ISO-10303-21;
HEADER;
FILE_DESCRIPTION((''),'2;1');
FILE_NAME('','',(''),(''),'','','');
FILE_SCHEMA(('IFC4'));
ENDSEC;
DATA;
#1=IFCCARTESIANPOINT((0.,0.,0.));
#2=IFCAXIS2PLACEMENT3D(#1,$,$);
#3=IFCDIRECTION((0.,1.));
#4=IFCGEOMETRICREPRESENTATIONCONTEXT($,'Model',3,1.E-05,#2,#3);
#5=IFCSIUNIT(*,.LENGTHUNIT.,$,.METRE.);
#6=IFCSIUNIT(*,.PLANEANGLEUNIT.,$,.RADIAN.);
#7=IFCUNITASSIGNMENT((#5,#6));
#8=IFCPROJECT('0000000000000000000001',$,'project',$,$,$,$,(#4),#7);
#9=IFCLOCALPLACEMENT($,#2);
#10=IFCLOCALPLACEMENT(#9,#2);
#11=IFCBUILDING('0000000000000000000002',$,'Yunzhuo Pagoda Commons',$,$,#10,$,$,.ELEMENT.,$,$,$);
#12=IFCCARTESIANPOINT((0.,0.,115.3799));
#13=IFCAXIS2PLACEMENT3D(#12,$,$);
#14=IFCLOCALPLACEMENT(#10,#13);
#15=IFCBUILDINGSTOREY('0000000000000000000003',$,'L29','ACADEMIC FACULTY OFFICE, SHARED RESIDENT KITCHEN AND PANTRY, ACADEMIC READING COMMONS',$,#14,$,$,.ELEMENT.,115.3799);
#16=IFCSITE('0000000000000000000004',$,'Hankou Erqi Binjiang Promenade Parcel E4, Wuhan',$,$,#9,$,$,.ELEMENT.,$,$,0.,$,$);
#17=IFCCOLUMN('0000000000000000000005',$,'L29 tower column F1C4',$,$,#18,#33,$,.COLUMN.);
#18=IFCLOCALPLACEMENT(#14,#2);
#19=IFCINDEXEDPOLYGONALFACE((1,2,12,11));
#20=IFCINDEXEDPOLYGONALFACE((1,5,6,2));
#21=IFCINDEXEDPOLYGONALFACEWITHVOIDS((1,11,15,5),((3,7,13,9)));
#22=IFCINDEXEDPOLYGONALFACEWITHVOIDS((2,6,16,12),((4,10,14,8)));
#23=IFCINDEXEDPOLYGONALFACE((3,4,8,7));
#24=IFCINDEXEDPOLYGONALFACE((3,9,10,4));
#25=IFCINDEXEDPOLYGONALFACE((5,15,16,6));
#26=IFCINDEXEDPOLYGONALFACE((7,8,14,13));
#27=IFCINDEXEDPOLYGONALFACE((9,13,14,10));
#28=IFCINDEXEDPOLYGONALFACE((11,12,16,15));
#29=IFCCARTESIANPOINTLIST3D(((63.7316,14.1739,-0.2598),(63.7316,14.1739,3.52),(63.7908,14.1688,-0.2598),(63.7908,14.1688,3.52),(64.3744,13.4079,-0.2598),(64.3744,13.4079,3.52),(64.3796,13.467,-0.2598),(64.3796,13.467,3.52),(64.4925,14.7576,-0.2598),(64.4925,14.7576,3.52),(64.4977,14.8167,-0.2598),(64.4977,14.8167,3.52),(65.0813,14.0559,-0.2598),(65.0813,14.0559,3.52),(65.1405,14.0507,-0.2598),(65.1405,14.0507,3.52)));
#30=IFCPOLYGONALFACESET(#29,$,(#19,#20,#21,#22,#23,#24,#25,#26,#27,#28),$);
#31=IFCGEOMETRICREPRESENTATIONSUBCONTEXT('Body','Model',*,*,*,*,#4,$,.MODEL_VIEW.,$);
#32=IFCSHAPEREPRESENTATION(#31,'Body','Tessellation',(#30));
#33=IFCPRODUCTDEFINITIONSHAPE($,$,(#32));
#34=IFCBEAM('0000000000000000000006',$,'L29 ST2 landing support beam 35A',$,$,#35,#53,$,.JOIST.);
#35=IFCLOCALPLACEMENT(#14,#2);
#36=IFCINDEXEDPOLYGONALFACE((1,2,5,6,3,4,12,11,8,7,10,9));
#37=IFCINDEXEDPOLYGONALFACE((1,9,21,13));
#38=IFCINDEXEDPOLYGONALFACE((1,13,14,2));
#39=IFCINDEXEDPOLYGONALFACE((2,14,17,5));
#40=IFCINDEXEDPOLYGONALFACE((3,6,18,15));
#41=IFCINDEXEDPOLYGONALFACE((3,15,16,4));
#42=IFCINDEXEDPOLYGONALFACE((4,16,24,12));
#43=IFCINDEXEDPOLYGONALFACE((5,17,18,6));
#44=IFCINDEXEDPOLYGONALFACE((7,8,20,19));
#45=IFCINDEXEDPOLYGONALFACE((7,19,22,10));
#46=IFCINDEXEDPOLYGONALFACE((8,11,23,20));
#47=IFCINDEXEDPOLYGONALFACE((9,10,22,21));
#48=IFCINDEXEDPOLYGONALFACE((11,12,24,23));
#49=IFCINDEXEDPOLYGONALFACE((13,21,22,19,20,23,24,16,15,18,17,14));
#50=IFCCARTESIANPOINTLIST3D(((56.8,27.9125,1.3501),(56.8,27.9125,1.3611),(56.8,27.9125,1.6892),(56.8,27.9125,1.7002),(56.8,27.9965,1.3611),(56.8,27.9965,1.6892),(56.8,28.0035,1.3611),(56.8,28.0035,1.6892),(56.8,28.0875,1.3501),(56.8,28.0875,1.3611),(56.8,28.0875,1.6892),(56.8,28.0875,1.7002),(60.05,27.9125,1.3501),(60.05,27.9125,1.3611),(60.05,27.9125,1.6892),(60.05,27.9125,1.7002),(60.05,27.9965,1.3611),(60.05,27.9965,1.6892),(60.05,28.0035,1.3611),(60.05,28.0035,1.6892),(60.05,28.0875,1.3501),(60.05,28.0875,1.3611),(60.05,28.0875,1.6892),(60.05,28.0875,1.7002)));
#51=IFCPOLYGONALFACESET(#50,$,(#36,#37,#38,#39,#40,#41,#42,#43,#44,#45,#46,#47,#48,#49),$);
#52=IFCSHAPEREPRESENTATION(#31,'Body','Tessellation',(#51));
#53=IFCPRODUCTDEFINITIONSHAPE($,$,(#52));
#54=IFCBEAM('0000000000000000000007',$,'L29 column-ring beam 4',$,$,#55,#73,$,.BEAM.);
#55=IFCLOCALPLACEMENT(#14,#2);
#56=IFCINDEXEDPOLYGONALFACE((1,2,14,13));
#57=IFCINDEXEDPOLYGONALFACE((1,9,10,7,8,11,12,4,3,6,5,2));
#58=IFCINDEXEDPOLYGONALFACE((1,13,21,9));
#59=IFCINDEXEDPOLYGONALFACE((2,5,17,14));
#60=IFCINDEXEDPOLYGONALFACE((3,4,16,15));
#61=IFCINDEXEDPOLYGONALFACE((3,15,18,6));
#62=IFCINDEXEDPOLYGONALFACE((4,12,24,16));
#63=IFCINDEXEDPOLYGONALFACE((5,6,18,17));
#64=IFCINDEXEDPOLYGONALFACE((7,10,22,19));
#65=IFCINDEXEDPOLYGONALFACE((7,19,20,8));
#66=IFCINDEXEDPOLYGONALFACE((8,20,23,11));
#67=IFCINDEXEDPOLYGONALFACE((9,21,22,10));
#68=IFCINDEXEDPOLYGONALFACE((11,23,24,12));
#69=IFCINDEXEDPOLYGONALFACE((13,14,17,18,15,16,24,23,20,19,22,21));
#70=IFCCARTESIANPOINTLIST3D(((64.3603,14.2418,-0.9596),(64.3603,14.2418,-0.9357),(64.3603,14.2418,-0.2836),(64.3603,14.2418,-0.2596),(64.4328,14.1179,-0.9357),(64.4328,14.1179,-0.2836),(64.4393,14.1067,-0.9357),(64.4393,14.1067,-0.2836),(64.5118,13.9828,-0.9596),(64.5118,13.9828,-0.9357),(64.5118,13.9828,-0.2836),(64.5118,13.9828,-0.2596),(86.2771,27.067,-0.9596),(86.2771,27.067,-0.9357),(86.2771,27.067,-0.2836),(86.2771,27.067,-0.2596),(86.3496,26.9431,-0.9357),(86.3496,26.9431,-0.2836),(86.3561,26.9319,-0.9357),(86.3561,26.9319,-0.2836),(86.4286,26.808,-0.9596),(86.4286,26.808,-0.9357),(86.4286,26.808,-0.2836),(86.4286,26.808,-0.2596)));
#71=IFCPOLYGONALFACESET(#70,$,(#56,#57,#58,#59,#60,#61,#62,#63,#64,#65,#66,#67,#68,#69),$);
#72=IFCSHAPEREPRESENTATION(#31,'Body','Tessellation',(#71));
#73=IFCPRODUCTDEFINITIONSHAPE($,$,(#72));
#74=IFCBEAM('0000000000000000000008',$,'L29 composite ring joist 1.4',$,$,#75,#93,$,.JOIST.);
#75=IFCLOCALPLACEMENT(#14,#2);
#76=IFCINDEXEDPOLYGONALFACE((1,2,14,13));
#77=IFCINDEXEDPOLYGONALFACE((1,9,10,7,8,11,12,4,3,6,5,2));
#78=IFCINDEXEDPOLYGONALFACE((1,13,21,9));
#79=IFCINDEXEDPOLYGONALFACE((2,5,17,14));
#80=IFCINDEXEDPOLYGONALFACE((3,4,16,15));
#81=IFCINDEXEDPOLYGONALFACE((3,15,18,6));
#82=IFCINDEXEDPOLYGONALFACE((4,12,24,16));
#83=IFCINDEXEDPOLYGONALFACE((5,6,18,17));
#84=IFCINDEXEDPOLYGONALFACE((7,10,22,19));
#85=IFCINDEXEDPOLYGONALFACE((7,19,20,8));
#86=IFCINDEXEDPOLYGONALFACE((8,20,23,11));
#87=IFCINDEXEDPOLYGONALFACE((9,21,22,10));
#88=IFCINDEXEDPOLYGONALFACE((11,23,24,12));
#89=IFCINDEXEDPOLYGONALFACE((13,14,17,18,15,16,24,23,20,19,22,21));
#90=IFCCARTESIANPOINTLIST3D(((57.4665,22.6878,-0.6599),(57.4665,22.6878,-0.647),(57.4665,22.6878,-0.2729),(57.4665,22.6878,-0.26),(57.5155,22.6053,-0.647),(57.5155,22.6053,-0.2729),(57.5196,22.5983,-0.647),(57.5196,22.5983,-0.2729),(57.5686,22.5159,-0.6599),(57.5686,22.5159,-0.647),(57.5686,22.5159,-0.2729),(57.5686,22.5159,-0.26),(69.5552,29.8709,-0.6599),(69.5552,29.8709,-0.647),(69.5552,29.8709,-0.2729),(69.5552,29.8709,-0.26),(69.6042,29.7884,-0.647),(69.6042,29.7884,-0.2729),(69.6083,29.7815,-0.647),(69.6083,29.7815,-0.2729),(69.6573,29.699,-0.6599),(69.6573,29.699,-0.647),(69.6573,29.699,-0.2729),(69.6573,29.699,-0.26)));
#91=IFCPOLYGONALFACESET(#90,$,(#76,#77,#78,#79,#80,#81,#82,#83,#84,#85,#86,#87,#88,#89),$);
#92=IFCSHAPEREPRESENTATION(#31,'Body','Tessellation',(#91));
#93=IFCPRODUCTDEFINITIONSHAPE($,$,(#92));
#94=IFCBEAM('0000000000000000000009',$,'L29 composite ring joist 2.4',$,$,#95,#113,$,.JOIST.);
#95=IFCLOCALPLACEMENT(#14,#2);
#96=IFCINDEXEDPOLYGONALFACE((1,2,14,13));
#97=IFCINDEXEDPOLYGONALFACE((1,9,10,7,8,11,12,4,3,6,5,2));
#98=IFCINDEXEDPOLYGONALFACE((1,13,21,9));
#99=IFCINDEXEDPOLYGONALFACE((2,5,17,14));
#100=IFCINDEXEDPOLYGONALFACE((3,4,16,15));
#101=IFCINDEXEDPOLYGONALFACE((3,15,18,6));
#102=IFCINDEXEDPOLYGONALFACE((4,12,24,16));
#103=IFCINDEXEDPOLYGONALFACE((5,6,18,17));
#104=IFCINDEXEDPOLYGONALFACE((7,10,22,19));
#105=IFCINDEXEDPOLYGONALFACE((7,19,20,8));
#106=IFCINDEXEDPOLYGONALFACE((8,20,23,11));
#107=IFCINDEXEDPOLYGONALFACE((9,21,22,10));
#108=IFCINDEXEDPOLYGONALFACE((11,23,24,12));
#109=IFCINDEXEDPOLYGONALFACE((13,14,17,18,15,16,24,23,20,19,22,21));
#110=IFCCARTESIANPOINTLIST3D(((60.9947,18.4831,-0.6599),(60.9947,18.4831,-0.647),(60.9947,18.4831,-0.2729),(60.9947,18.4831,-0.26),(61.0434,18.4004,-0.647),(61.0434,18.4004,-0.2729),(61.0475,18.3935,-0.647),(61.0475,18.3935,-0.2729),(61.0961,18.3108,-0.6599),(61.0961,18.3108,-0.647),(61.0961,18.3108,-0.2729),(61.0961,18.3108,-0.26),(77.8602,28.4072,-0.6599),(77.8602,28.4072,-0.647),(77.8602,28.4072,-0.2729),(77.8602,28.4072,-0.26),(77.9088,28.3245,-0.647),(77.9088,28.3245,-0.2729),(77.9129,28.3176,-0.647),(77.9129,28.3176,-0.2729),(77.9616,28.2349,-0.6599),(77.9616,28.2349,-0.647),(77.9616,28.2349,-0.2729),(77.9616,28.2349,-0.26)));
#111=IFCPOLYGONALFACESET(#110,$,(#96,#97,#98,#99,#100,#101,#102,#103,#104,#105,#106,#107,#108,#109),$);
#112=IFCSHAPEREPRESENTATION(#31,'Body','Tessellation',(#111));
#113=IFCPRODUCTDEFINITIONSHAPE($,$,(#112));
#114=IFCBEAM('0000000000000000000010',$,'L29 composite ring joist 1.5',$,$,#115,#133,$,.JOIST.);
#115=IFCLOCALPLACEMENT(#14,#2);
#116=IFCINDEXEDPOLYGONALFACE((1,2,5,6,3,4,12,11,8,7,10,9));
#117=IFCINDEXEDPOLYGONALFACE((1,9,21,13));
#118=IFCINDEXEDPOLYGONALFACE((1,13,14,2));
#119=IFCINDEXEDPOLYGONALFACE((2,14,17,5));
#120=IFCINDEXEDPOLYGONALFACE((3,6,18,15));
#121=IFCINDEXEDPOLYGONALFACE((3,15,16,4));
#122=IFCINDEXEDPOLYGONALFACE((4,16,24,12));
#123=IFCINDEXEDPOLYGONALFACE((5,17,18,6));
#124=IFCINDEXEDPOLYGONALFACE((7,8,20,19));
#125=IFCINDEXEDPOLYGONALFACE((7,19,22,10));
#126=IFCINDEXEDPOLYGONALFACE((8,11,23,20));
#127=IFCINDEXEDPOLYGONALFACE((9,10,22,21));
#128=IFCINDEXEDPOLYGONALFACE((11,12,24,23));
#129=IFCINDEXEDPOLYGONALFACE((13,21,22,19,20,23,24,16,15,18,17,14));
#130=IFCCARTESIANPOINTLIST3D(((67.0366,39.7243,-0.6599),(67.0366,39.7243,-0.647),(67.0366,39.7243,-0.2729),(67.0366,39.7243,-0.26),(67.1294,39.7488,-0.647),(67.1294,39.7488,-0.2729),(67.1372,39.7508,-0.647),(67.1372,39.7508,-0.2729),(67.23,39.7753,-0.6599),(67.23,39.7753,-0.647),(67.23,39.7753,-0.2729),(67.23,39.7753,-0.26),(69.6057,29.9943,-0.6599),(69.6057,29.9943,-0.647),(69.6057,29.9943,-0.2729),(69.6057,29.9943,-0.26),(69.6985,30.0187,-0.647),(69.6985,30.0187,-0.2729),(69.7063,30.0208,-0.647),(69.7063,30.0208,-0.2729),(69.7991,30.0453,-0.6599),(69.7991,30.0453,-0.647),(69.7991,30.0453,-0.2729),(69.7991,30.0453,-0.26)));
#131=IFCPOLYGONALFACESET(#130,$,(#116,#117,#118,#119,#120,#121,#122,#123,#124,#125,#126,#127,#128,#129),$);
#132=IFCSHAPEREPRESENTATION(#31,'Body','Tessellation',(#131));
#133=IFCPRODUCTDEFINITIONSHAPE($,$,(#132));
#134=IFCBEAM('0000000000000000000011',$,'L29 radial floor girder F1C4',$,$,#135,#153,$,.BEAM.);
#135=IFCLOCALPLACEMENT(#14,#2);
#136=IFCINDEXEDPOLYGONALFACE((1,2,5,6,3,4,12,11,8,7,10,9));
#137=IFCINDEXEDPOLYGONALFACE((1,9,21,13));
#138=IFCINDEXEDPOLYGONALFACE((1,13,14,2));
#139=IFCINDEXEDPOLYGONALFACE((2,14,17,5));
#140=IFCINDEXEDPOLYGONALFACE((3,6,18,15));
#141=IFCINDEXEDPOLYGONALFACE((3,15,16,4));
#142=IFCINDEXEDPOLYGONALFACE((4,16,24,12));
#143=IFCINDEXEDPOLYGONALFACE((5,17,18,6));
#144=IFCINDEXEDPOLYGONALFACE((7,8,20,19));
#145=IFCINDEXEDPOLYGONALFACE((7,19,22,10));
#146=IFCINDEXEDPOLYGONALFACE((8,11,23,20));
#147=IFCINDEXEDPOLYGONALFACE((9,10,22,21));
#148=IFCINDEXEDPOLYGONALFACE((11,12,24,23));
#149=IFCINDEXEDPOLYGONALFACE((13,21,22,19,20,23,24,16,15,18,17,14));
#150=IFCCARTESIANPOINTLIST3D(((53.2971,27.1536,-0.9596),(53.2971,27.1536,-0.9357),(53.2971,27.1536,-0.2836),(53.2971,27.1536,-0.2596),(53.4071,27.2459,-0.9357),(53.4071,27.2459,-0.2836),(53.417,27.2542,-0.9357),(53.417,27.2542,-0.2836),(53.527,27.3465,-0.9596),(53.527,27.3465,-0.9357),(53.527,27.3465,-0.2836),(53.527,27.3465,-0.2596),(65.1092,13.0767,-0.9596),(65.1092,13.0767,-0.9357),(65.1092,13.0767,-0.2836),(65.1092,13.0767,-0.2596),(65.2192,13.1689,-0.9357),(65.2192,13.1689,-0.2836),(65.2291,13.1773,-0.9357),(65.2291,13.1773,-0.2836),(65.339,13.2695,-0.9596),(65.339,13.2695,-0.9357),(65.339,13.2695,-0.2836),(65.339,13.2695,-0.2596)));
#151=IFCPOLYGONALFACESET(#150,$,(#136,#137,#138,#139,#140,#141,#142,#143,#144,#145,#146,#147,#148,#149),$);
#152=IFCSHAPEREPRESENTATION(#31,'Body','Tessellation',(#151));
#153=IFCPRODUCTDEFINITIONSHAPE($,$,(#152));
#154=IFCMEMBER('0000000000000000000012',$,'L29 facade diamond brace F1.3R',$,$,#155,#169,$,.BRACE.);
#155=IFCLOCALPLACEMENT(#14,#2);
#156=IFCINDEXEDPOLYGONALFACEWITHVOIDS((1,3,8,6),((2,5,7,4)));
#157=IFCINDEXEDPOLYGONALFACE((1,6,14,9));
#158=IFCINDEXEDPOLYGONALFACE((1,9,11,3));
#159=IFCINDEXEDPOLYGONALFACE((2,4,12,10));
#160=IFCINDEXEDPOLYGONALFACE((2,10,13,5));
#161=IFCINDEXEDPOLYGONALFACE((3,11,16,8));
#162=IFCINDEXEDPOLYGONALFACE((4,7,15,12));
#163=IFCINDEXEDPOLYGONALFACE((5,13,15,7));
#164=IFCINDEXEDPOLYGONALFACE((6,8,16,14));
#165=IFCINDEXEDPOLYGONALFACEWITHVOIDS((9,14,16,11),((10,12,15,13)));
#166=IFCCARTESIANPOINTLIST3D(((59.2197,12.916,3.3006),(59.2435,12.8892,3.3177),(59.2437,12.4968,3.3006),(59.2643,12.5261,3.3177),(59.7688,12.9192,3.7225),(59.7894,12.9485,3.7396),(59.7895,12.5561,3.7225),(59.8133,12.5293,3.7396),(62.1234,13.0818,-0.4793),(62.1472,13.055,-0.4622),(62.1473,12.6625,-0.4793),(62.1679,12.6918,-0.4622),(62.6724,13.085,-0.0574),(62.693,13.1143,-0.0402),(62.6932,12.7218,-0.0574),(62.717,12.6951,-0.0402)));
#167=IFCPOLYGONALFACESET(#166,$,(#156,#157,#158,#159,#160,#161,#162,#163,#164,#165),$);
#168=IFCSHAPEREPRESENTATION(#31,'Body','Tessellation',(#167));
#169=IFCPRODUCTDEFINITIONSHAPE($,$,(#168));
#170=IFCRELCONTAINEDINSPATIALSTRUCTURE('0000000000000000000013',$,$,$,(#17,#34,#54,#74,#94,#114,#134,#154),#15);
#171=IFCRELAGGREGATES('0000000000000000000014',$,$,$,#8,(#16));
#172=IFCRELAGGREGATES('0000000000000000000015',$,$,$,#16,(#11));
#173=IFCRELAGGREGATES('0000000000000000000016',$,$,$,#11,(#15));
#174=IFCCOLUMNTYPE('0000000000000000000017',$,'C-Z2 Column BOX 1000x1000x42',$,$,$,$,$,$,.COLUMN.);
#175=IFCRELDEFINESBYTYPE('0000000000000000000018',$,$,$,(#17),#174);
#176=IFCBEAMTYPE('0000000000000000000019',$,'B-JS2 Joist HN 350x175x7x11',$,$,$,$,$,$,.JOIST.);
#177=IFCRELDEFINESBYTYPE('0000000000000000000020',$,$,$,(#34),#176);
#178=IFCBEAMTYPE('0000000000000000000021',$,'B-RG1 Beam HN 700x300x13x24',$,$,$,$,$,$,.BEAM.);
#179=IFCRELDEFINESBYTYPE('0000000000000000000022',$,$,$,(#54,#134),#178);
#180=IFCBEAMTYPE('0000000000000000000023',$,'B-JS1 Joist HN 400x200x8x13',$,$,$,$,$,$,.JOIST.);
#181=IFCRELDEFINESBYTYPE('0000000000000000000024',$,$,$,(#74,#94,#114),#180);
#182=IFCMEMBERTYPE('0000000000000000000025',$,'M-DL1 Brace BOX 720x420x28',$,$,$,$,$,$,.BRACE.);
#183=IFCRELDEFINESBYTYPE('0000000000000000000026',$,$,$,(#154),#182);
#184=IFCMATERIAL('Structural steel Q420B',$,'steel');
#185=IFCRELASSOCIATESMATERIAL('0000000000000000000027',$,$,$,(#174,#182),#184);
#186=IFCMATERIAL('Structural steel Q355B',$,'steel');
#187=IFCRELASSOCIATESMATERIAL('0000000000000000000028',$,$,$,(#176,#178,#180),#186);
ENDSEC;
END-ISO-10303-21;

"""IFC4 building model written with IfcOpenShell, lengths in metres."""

from ifc_helpers import new_model, si_unit, direction, frame, origin, origin_2d, place, context, subcontext, project, spatial, hollow_rectangle, i_section, extrude, source, transform, mapped, material, material_profile, profile_set, type_object, element, save


model = new_model("IFC4")

# Units and contexts
model_context = context("Model", 3, precision=1e-05, world=origin(), true_north=direction((0.0, 1.0)))
body_context = subcontext(model_context, "Body", "Model", "MODEL_VIEW")
ifc_project = project(units=[si_unit("LENGTHUNIT", "METRE"), si_unit("PLANEANGLEUNIT", "RADIAN")], contexts=[model_context])

# Site, building, storey
site_placement = place(None, origin())
site = spatial("IfcSite", under=ifc_project, at=site_placement, Name="Hankou Erqi Binjiang Promenade Parcel E4, Wuhan", CompositionType="ELEMENT", RefElevation=0.0)
building_placement = place(site_placement, origin())
building = spatial("IfcBuilding", under=site, at=building_placement, Name="Yunzhuo Pagoda Commons", CompositionType="ELEMENT")
storey_placement = place(building_placement, frame((0.0, 0.0, 115.3799)))
storey = spatial("IfcBuildingStorey", under=building, at=storey_placement, Name="L29", Description="ACADEMIC FACULTY OFFICE, SHARED RESIDENT KITCHEN AND PANTRY, ACADEMIC READING COMMONS", CompositionType="ELEMENT", Elevation=115.3799)

# Column
ifc_material_1 = material(Name="Structural steel Q420B", Category="steel")
ifc_material_profile_1 = material_profile(ifc_material_1, hollow_rectangle(XDim=1.0, YDim=1.0, WallThickness=0.042, at=origin_2d()), Name="Structural steel Q420B")
ifc_profile_set_1 = profile_set([ifc_material_profile_1], Name="Structural steel Q420B")
column_type = type_object("IfcColumnType", Name="C-Z2 Column BOX 1000x1000x42", PredefinedType="COLUMN", material=ifc_profile_set_1)
shared_shape_1 = source(origin(), body_context, "Body", "SweptSolid", [
    extrude(hollow_rectangle(XDim=1.0, YDim=1.0, WallThickness=0.042, at=origin_2d()), origin(), (0.0, 0.0, 1.0), 3.7798),
])
column_placement = place(storey_placement, frame((64.436, 14.1123, -0.2598), z_axis=(0.0, 0.0, 1.0), x_axis=(0.766044, 0.642788, 0.0)))
element("IfcColumn", 1, at=column_placement, inside=storey, type_object=column_type, Name="L29 tower column F1C4", PredefinedType="COLUMN", context=body_context, shape_type="MappedRepresentation", body=[
    mapped(shared_shape_1, transform((0.0, 0.0, 0.0), scale=1.0)),
])

# Beams
ifc_material_2 = material(Name="Structural steel Q355B", Category="steel")
ifc_material_profile_2 = material_profile(ifc_material_2, i_section(OverallWidth=0.175, OverallDepth=0.3501, WebThickness=0.0071, FlangeThickness=0.011, at=origin_2d()), Name="Structural steel Q355B")
ifc_profile_set_2 = profile_set([ifc_material_profile_2], Name="Structural steel Q355B")
beam_type_1 = type_object("IfcBeamType", Name="B-JS2 Joist HN 350x175x7x11", PredefinedType="JOIST", material=ifc_profile_set_2)
shared_shape_2 = source(origin(), body_context, "Body", "SweptSolid", [
    extrude(i_section(OverallWidth=0.175, OverallDepth=0.3501, WebThickness=0.0071, FlangeThickness=0.011, at=origin_2d()), origin(), (0.0, 0.0, 1.0), 3.25),
])
beam_1_placement = place(storey_placement, frame((56.8, 28.0, 1.5251), z_axis=(1.0, 0.0, 0.0), x_axis=(0.0, 1.0, 0.0)))
element("IfcBeam", 2, at=beam_1_placement, inside=storey, type_object=beam_type_1, Name="L29 ST2 landing support beam 35A", PredefinedType="JOIST", context=body_context, shape_type="MappedRepresentation", body=[
    mapped(shared_shape_2, transform((0.0, 0.0, 0.0), scale=1.0)),
])
ifc_material_profile_3 = material_profile(ifc_material_2, i_section(OverallWidth=0.3, OverallDepth=0.7, WebThickness=0.0129, FlangeThickness=0.0239, at=origin_2d()), Name="Structural steel Q355B")
ifc_profile_set_3 = profile_set([ifc_material_profile_3], Name="Structural steel Q355B")
beam_type_2 = type_object("IfcBeamType", Name="B-RG1 Beam HN 700x300x13x24", PredefinedType="BEAM", material=ifc_profile_set_3)
shared_shape_3 = source(origin(), body_context, "Body", "SweptSolid", [
    extrude(i_section(OverallWidth=0.3, OverallDepth=0.7, WebThickness=0.0129, FlangeThickness=0.0239, at=origin_2d()), origin(), (0.0, 0.0, 1.0), 25.3936),
])
beam_2_placement = place(storey_placement, frame((64.436, 14.1123, -0.6096), z_axis=(0.863085, 0.505058, 0.0), x_axis=(-0.505058, 0.863085, 0.0)))
element("IfcBeam", 3, at=beam_2_placement, inside=storey, type_object=beam_type_2, Name="L29 column-ring beam 4", PredefinedType="BEAM", context=body_context, shape_type="MappedRepresentation", body=[
    mapped(shared_shape_3, transform((0.0, 0.0, 0.0), scale=1.0)),
])
ifc_material_profile_4 = material_profile(ifc_material_2, i_section(OverallWidth=0.2, OverallDepth=0.3999, WebThickness=0.0081, FlangeThickness=0.0129, at=origin_2d()), Name="Structural steel Q355B")
ifc_profile_set_4 = profile_set([ifc_material_profile_4], Name="Structural steel Q355B")
beam_type_3 = type_object("IfcBeamType", Name="B-JS1 Joist HN 400x200x8x13", PredefinedType="JOIST", material=ifc_profile_set_4)
shared_shape_4 = source(origin(), body_context, "Body", "SweptSolid", [
    extrude(i_section(OverallWidth=0.2, OverallDepth=0.3999, WebThickness=0.0081, FlangeThickness=0.0129, at=origin_2d()), origin(), (0.0, 0.0, 1.0), 14.0618),
])
beam_3_placement = place(storey_placement, frame((57.5176, 22.6018, -0.46), z_axis=(0.859683, 0.510827, 0.0), x_axis=(-0.510827, 0.859683, 0.0)))
element("IfcBeam", 4, at=beam_3_placement, inside=storey, type_object=beam_type_3, Name="L29 composite ring joist 1.4", PredefinedType="JOIST", context=body_context, shape_type="MappedRepresentation", body=[
    mapped(shared_shape_4, transform((0.0, 0.0, 0.0), scale=1.0)),
])
shared_shape_5 = source(origin(), body_context, "Body", "SweptSolid", [
    extrude(i_section(OverallWidth=0.2, OverallDepth=0.3999, WebThickness=0.0081, FlangeThickness=0.0129, at=origin_2d()), origin(), (0.0, 0.0, 1.0), 19.5686),
])
beam_4_placement = place(storey_placement, frame((61.0454, 18.397, -0.46), z_axis=(0.861863, 0.507142, 0.0), x_axis=(-0.507142, 0.861863, 0.0)))
element("IfcBeam", 5, at=beam_4_placement, inside=storey, type_object=beam_type_3, Name="L29 composite ring joist 2.4", PredefinedType="JOIST", context=body_context, shape_type="MappedRepresentation", body=[
    mapped(shared_shape_5, transform((0.0, 0.0, 0.0), scale=1.0)),
])
shared_shape_6 = source(origin(), body_context, "Body", "SweptSolid", [
    extrude(i_section(OverallWidth=0.2, OverallDepth=0.3999, WebThickness=0.0081, FlangeThickness=0.0129, at=origin_2d()), origin(), (0.0, 0.0, 1.0), 10.0635),
])
beam_5_placement = place(storey_placement, frame((69.7024, 30.0198, -0.46), z_axis=(-0.25529, 0.966865, 0.0), x_axis=(-0.966865, -0.25529, 0.0)))
element("IfcBeam", 6, at=beam_5_placement, inside=storey, type_object=beam_type_3, Name="L29 composite ring joist 1.5", PredefinedType="JOIST", context=body_context, shape_type="MappedRepresentation", body=[
    mapped(shared_shape_6, transform((0.0, 0.0, 0.0), scale=1.0)),
])
shared_shape_7 = source(origin(), body_context, "Body", "SweptSolid", [
    extrude(i_section(OverallWidth=0.3, OverallDepth=0.7, WebThickness=0.0129, FlangeThickness=0.0239, at=origin_2d()), origin(), (0.0, 0.0, 1.0), 18.3762),
])
beam_6_placement = place(storey_placement, frame((65.2241, 13.1731, -0.6096), z_axis=(-0.64279, 0.766042, 0.0), x_axis=(-0.766042, -0.64279, 0.0)))
element("IfcBeam", 7, at=beam_6_placement, inside=storey, type_object=beam_type_2, Name="L29 radial floor girder F1C4", PredefinedType="BEAM", context=body_context, shape_type="MappedRepresentation", body=[
    mapped(shared_shape_7, transform((0.0, 0.0, 0.0), scale=1.0)),
])

# Member
ifc_material_profile_5 = material_profile(ifc_material_1, hollow_rectangle(XDim=0.4199, YDim=0.72, WallThickness=0.0281, at=origin_2d()), Name="Structural steel Q420B")
ifc_profile_set_5 = profile_set([ifc_material_profile_5], Name="Structural steel Q420B")
member_type_1 = type_object("IfcMemberType", Name="M-DL1 Brace BOX 720x420x28", PredefinedType="BRACE", material=ifc_profile_set_5)
shared_shape_8 = source(origin(), body_context, "Body", "SweptSolid", [
    extrude(hollow_rectangle(XDim=0.4199, YDim=0.72, WallThickness=0.0281, at=origin_2d()), origin(), (0.0, 0.0, 1.0), 4.7693),
])
member_1_placement = place(storey_placement, frame((62.4202, 12.8884, -0.2598), z_axis=(-0.60882, -0.034759, 0.792546), x_axis=(0.057, -0.998374, 0.0)))
element("IfcMember", 8, at=member_1_placement, inside=storey, type_object=member_type_1, Name="L29 facade diamond brace F1.3R", PredefinedType="BRACE", context=body_context, shape_type="MappedRepresentation", body=[
    mapped(shared_shape_8, transform((0.0, 0.0, 0.0), scale=1.0)),
])

save(model, "model.ifc")
